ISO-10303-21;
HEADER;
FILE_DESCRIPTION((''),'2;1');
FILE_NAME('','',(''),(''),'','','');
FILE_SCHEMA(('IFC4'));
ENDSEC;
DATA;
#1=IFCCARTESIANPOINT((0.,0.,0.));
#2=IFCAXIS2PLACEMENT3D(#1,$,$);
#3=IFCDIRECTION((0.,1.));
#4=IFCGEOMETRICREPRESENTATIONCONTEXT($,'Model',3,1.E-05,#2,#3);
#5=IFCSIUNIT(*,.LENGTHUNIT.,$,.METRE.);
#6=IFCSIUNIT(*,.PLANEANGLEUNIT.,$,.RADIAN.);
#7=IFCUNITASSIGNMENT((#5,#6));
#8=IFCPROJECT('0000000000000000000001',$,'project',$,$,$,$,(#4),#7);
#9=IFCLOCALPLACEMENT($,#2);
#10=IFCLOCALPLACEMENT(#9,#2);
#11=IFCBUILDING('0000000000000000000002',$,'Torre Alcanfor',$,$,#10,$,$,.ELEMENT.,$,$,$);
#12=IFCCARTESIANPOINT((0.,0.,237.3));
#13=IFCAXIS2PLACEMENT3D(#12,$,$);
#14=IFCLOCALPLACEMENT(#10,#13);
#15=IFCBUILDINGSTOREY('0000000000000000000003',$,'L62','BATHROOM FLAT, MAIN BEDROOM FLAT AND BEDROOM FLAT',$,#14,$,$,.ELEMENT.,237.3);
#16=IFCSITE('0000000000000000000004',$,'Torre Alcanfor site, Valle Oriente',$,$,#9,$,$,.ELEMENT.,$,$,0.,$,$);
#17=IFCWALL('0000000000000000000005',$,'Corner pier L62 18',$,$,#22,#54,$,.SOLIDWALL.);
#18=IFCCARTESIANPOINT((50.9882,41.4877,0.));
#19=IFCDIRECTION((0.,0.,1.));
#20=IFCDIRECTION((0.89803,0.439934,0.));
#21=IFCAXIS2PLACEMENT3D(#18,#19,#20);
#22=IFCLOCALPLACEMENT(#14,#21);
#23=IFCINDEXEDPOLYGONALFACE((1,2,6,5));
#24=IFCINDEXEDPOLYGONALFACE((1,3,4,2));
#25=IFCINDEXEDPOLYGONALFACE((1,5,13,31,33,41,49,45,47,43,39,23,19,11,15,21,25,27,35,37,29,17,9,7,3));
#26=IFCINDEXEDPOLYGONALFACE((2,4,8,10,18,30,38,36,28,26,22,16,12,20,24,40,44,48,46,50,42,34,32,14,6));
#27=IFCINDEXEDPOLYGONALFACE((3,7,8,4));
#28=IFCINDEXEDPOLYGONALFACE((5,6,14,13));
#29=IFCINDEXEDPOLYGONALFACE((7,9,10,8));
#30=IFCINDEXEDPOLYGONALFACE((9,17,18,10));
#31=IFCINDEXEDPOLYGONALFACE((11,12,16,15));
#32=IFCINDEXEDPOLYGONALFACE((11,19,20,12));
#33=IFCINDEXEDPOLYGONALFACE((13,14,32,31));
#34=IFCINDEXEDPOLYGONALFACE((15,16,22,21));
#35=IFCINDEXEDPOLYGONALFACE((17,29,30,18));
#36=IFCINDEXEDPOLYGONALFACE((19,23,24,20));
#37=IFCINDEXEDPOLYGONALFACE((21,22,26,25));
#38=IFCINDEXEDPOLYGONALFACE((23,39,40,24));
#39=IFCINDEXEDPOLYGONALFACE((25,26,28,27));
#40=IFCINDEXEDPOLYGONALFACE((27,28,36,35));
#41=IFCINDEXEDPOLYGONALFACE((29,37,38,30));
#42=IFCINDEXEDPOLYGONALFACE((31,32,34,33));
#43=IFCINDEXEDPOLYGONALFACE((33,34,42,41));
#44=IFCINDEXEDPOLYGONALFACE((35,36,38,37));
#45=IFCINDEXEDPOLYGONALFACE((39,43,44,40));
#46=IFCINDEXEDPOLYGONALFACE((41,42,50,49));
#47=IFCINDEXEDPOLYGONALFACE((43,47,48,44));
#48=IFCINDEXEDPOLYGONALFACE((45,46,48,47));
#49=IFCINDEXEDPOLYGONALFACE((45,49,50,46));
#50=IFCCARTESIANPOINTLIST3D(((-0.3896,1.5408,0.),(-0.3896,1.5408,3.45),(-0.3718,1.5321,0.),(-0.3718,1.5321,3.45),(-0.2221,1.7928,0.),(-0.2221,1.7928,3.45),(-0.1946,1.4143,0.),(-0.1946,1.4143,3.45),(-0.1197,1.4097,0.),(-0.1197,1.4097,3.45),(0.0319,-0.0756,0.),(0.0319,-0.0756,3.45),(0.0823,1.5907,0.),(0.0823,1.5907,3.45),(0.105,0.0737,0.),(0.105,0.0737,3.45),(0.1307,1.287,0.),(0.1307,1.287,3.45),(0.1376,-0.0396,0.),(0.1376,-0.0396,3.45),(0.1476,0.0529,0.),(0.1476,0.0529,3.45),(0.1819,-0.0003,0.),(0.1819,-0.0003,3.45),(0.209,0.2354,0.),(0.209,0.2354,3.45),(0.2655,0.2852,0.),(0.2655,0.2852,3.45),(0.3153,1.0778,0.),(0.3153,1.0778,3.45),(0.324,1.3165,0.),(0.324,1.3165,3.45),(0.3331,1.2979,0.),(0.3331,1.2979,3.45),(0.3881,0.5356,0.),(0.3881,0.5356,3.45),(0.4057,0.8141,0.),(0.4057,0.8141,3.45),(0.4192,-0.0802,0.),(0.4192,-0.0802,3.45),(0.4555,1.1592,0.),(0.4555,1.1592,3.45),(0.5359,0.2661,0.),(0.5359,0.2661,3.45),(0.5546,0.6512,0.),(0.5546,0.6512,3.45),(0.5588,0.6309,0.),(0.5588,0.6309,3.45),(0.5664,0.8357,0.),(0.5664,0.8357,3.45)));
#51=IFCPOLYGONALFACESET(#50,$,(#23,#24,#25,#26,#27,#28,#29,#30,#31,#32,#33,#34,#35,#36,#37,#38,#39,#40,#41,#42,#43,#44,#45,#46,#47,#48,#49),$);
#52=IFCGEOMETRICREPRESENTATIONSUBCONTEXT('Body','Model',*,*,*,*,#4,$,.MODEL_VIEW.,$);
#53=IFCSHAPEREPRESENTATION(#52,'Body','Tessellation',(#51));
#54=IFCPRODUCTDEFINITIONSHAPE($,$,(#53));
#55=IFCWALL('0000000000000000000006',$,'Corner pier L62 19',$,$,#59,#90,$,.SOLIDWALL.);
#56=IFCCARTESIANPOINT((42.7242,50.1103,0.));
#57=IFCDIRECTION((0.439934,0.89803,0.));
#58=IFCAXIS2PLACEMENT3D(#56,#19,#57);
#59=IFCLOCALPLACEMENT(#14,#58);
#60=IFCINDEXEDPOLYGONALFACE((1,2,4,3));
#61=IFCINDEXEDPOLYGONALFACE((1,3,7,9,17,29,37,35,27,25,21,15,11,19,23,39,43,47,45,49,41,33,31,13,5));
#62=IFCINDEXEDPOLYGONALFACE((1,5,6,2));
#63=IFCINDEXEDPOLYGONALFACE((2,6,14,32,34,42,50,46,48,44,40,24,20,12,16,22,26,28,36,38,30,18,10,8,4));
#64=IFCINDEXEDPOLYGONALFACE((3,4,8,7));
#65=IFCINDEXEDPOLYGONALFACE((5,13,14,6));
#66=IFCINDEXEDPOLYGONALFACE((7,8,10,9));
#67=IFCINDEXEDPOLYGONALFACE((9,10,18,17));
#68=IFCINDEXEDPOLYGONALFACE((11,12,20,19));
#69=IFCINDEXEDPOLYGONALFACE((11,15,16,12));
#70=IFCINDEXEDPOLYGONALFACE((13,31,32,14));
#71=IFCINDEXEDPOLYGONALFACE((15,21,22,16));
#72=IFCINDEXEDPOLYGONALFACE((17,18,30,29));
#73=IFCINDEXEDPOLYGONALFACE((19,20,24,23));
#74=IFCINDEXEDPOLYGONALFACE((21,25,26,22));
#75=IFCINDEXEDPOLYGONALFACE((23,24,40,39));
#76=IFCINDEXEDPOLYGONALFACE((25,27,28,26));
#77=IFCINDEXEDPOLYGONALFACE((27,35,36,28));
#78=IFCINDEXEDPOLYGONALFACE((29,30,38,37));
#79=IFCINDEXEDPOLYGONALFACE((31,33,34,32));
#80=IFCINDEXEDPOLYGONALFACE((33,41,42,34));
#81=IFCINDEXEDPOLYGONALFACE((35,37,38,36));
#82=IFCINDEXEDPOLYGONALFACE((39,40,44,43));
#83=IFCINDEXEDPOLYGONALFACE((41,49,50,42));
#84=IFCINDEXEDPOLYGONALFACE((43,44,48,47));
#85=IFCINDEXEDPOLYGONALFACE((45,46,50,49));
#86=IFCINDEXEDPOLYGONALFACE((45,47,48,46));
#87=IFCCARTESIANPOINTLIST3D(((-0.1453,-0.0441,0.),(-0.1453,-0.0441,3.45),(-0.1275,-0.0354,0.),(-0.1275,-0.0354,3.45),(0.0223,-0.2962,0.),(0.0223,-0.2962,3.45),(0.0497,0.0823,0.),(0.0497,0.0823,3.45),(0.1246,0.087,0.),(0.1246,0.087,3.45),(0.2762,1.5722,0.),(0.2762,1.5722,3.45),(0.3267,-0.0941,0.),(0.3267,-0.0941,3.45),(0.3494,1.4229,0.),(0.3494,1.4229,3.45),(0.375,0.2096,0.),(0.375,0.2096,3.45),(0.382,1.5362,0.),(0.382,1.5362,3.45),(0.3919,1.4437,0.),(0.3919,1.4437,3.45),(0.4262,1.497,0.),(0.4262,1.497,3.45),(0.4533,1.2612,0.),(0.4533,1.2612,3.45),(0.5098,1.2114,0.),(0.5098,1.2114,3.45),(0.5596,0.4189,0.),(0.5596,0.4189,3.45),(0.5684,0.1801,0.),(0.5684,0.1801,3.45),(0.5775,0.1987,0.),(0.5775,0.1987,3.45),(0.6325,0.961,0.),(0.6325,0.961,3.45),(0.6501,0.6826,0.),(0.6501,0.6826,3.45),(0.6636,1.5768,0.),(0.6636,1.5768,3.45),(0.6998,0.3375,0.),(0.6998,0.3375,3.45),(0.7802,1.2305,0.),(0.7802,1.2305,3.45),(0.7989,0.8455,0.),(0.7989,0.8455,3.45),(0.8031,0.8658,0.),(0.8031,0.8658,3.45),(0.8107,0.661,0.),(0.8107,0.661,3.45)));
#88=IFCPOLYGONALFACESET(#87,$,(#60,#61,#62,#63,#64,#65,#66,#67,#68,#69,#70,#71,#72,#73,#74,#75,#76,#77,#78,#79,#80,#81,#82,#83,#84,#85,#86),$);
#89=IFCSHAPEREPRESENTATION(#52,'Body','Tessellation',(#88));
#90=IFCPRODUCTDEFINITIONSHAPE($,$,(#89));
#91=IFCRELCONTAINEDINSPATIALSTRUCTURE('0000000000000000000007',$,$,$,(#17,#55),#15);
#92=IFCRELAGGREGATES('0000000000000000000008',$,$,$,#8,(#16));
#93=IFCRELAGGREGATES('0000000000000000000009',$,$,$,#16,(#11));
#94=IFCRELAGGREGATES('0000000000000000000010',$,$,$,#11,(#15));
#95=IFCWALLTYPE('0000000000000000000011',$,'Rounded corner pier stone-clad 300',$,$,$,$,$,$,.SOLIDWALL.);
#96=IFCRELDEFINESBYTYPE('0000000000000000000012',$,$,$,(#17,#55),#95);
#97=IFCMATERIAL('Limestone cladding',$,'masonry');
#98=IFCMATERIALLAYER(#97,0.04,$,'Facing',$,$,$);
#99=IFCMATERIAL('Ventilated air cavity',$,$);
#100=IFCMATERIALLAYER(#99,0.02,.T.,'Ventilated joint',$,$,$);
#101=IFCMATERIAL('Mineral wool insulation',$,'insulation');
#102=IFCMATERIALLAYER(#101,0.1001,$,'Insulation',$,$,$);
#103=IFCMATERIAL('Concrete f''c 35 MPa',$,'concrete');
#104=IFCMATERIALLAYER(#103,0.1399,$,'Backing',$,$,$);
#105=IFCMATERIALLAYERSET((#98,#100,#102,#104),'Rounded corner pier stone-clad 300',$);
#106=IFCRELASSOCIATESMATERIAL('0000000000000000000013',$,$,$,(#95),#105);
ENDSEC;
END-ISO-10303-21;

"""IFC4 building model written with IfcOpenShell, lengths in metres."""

from ifc_helpers import new_model, si_unit, direction, frame, origin, place, context, subcontext, project, spatial, polyline, outline, extrude, material, layer, layer_set, type_object, element, save


model = new_model("IFC4")

# Units and contexts
model_context = context("Model", 3, precision=1e-05, world=origin(), true_north=direction((0.0, 1.0)))
body_context = subcontext(model_context, "Body", "Model", "MODEL_VIEW")
ifc_project = project(units=[si_unit("LENGTHUNIT", "METRE"), si_unit("PLANEANGLEUNIT", "RADIAN")], contexts=[model_context])

# Site, building, storey
site_placement = place(None, origin())
site = spatial("IfcSite", under=ifc_project, at=site_placement, Name="Torre Alcanfor site, Valle Oriente", CompositionType="ELEMENT", RefElevation=0.0)
building_placement = place(site_placement, origin())
building = spatial("IfcBuilding", under=site, at=building_placement, Name="Torre Alcanfor", CompositionType="ELEMENT")
storey_placement = place(building_placement, frame((0.0, 0.0, 237.3)))
storey = spatial("IfcBuildingStorey", under=building, at=storey_placement, Name="L62", Description="BATHROOM FLAT, MAIN BEDROOM FLAT AND BEDROOM FLAT", CompositionType="ELEMENT", Elevation=237.3)

# Shared definitions
ifc_material_1 = material(Name="Limestone cladding", Category="masonry")
ifc_material_2 = material(Name="Ventilated air cavity")
ifc_material_3 = material(Name="Mineral wool insulation", Category="insulation")
ifc_material_4 = material(Name="Concrete f'c 35 MPa", Category="concrete")

# Walls
ifc_layer_1 = layer(ifc_material_1, 0.04, Name="Facing")
ifc_layer_2 = layer(ifc_material_2, 0.02, ventilated=True, Name="Ventilated joint")
ifc_layer_3 = layer(ifc_material_3, 0.1001, Name="Insulation")
ifc_layer_4 = layer(ifc_material_4, 0.1399, Name="Backing")
ifc_layer_set_1 = layer_set([ifc_layer_1, ifc_layer_2, ifc_layer_3, ifc_layer_4], Name="Rounded corner pier stone-clad 300")
wall_type_1 = type_object("IfcWallType", Name="Rounded corner pier stone-clad 300", PredefinedType="SOLIDWALL", material=ifc_layer_set_1)
wall_1_placement = place(storey_placement, frame((50.9882, 41.4877, 0.0), z_axis=(0.0, 0.0, 1.0), x_axis=(0.89803, 0.439934, 0.0)))
element("IfcWall", 1, at=wall_1_placement, inside=storey, type_object=wall_type_1, Name="Corner pier L62 18", PredefinedType="SOLIDWALL", context=body_context, shape_type="SweptSolid", body=[
    extrude(outline(polyline([(0.1376, -0.0396), (0.1819, -0.0003), (0.4192, -0.0802), (0.5359, 0.2661), (0.5588, 0.6309), (0.5546, 0.6512), (0.5664, 0.8357), (0.4555, 1.1592), (0.3331, 1.2979), (0.324, 1.3165), (0.0823, 1.5907), (-0.2221, 1.7928), (-0.3896, 1.5408), (-0.3718, 1.5321), (-0.1946, 1.4143), (-0.1197, 1.4097), (0.1307, 1.287), (0.3153, 1.0778), (0.4057, 0.8141), (0.3881, 0.5356), (0.2655, 0.2852), (0.209, 0.2354), (0.1476, 0.0529), (0.105, 0.0737), (0.0319, -0.0756), (0.1376, -0.0396)])), origin(), (0.0, 0.0, 1.0), 3.45),
])
wall_2_placement = place(storey_placement, frame((42.7242, 50.1103, 0.0), z_axis=(0.0, 0.0, 1.0), x_axis=(0.439934, 0.89803, 0.0)))
element("IfcWall", 2, at=wall_2_placement, inside=storey, type_object=wall_type_1, Name="Corner pier L62 19", PredefinedType="SOLIDWALL", context=body_context, shape_type="SweptSolid", body=[
    extrude(outline(polyline([(-0.1453, -0.0441), (0.0223, -0.2962), (0.3267, -0.0941), (0.5684, 0.1801), (0.5775, 0.1987), (0.6998, 0.3375), (0.8107, 0.661), (0.7989, 0.8455), (0.8031, 0.8658), (0.7802, 1.2305), (0.6636, 1.5768), (0.4262, 1.497), (0.382, 1.5362), (0.2762, 1.5722), (0.3494, 1.4229), (0.3919, 1.4437), (0.4533, 1.2612), (0.5098, 1.2114), (0.6325, 0.961), (0.6501, 0.6826), (0.5596, 0.4189), (0.375, 0.2096), (0.1246, 0.087), (0.0497, 0.0823), (-0.1275, -0.0354), (-0.1453, -0.0441)])), origin(), (0.0, 0.0, 1.0), 3.45),
])

save(model, "model.ifc")
